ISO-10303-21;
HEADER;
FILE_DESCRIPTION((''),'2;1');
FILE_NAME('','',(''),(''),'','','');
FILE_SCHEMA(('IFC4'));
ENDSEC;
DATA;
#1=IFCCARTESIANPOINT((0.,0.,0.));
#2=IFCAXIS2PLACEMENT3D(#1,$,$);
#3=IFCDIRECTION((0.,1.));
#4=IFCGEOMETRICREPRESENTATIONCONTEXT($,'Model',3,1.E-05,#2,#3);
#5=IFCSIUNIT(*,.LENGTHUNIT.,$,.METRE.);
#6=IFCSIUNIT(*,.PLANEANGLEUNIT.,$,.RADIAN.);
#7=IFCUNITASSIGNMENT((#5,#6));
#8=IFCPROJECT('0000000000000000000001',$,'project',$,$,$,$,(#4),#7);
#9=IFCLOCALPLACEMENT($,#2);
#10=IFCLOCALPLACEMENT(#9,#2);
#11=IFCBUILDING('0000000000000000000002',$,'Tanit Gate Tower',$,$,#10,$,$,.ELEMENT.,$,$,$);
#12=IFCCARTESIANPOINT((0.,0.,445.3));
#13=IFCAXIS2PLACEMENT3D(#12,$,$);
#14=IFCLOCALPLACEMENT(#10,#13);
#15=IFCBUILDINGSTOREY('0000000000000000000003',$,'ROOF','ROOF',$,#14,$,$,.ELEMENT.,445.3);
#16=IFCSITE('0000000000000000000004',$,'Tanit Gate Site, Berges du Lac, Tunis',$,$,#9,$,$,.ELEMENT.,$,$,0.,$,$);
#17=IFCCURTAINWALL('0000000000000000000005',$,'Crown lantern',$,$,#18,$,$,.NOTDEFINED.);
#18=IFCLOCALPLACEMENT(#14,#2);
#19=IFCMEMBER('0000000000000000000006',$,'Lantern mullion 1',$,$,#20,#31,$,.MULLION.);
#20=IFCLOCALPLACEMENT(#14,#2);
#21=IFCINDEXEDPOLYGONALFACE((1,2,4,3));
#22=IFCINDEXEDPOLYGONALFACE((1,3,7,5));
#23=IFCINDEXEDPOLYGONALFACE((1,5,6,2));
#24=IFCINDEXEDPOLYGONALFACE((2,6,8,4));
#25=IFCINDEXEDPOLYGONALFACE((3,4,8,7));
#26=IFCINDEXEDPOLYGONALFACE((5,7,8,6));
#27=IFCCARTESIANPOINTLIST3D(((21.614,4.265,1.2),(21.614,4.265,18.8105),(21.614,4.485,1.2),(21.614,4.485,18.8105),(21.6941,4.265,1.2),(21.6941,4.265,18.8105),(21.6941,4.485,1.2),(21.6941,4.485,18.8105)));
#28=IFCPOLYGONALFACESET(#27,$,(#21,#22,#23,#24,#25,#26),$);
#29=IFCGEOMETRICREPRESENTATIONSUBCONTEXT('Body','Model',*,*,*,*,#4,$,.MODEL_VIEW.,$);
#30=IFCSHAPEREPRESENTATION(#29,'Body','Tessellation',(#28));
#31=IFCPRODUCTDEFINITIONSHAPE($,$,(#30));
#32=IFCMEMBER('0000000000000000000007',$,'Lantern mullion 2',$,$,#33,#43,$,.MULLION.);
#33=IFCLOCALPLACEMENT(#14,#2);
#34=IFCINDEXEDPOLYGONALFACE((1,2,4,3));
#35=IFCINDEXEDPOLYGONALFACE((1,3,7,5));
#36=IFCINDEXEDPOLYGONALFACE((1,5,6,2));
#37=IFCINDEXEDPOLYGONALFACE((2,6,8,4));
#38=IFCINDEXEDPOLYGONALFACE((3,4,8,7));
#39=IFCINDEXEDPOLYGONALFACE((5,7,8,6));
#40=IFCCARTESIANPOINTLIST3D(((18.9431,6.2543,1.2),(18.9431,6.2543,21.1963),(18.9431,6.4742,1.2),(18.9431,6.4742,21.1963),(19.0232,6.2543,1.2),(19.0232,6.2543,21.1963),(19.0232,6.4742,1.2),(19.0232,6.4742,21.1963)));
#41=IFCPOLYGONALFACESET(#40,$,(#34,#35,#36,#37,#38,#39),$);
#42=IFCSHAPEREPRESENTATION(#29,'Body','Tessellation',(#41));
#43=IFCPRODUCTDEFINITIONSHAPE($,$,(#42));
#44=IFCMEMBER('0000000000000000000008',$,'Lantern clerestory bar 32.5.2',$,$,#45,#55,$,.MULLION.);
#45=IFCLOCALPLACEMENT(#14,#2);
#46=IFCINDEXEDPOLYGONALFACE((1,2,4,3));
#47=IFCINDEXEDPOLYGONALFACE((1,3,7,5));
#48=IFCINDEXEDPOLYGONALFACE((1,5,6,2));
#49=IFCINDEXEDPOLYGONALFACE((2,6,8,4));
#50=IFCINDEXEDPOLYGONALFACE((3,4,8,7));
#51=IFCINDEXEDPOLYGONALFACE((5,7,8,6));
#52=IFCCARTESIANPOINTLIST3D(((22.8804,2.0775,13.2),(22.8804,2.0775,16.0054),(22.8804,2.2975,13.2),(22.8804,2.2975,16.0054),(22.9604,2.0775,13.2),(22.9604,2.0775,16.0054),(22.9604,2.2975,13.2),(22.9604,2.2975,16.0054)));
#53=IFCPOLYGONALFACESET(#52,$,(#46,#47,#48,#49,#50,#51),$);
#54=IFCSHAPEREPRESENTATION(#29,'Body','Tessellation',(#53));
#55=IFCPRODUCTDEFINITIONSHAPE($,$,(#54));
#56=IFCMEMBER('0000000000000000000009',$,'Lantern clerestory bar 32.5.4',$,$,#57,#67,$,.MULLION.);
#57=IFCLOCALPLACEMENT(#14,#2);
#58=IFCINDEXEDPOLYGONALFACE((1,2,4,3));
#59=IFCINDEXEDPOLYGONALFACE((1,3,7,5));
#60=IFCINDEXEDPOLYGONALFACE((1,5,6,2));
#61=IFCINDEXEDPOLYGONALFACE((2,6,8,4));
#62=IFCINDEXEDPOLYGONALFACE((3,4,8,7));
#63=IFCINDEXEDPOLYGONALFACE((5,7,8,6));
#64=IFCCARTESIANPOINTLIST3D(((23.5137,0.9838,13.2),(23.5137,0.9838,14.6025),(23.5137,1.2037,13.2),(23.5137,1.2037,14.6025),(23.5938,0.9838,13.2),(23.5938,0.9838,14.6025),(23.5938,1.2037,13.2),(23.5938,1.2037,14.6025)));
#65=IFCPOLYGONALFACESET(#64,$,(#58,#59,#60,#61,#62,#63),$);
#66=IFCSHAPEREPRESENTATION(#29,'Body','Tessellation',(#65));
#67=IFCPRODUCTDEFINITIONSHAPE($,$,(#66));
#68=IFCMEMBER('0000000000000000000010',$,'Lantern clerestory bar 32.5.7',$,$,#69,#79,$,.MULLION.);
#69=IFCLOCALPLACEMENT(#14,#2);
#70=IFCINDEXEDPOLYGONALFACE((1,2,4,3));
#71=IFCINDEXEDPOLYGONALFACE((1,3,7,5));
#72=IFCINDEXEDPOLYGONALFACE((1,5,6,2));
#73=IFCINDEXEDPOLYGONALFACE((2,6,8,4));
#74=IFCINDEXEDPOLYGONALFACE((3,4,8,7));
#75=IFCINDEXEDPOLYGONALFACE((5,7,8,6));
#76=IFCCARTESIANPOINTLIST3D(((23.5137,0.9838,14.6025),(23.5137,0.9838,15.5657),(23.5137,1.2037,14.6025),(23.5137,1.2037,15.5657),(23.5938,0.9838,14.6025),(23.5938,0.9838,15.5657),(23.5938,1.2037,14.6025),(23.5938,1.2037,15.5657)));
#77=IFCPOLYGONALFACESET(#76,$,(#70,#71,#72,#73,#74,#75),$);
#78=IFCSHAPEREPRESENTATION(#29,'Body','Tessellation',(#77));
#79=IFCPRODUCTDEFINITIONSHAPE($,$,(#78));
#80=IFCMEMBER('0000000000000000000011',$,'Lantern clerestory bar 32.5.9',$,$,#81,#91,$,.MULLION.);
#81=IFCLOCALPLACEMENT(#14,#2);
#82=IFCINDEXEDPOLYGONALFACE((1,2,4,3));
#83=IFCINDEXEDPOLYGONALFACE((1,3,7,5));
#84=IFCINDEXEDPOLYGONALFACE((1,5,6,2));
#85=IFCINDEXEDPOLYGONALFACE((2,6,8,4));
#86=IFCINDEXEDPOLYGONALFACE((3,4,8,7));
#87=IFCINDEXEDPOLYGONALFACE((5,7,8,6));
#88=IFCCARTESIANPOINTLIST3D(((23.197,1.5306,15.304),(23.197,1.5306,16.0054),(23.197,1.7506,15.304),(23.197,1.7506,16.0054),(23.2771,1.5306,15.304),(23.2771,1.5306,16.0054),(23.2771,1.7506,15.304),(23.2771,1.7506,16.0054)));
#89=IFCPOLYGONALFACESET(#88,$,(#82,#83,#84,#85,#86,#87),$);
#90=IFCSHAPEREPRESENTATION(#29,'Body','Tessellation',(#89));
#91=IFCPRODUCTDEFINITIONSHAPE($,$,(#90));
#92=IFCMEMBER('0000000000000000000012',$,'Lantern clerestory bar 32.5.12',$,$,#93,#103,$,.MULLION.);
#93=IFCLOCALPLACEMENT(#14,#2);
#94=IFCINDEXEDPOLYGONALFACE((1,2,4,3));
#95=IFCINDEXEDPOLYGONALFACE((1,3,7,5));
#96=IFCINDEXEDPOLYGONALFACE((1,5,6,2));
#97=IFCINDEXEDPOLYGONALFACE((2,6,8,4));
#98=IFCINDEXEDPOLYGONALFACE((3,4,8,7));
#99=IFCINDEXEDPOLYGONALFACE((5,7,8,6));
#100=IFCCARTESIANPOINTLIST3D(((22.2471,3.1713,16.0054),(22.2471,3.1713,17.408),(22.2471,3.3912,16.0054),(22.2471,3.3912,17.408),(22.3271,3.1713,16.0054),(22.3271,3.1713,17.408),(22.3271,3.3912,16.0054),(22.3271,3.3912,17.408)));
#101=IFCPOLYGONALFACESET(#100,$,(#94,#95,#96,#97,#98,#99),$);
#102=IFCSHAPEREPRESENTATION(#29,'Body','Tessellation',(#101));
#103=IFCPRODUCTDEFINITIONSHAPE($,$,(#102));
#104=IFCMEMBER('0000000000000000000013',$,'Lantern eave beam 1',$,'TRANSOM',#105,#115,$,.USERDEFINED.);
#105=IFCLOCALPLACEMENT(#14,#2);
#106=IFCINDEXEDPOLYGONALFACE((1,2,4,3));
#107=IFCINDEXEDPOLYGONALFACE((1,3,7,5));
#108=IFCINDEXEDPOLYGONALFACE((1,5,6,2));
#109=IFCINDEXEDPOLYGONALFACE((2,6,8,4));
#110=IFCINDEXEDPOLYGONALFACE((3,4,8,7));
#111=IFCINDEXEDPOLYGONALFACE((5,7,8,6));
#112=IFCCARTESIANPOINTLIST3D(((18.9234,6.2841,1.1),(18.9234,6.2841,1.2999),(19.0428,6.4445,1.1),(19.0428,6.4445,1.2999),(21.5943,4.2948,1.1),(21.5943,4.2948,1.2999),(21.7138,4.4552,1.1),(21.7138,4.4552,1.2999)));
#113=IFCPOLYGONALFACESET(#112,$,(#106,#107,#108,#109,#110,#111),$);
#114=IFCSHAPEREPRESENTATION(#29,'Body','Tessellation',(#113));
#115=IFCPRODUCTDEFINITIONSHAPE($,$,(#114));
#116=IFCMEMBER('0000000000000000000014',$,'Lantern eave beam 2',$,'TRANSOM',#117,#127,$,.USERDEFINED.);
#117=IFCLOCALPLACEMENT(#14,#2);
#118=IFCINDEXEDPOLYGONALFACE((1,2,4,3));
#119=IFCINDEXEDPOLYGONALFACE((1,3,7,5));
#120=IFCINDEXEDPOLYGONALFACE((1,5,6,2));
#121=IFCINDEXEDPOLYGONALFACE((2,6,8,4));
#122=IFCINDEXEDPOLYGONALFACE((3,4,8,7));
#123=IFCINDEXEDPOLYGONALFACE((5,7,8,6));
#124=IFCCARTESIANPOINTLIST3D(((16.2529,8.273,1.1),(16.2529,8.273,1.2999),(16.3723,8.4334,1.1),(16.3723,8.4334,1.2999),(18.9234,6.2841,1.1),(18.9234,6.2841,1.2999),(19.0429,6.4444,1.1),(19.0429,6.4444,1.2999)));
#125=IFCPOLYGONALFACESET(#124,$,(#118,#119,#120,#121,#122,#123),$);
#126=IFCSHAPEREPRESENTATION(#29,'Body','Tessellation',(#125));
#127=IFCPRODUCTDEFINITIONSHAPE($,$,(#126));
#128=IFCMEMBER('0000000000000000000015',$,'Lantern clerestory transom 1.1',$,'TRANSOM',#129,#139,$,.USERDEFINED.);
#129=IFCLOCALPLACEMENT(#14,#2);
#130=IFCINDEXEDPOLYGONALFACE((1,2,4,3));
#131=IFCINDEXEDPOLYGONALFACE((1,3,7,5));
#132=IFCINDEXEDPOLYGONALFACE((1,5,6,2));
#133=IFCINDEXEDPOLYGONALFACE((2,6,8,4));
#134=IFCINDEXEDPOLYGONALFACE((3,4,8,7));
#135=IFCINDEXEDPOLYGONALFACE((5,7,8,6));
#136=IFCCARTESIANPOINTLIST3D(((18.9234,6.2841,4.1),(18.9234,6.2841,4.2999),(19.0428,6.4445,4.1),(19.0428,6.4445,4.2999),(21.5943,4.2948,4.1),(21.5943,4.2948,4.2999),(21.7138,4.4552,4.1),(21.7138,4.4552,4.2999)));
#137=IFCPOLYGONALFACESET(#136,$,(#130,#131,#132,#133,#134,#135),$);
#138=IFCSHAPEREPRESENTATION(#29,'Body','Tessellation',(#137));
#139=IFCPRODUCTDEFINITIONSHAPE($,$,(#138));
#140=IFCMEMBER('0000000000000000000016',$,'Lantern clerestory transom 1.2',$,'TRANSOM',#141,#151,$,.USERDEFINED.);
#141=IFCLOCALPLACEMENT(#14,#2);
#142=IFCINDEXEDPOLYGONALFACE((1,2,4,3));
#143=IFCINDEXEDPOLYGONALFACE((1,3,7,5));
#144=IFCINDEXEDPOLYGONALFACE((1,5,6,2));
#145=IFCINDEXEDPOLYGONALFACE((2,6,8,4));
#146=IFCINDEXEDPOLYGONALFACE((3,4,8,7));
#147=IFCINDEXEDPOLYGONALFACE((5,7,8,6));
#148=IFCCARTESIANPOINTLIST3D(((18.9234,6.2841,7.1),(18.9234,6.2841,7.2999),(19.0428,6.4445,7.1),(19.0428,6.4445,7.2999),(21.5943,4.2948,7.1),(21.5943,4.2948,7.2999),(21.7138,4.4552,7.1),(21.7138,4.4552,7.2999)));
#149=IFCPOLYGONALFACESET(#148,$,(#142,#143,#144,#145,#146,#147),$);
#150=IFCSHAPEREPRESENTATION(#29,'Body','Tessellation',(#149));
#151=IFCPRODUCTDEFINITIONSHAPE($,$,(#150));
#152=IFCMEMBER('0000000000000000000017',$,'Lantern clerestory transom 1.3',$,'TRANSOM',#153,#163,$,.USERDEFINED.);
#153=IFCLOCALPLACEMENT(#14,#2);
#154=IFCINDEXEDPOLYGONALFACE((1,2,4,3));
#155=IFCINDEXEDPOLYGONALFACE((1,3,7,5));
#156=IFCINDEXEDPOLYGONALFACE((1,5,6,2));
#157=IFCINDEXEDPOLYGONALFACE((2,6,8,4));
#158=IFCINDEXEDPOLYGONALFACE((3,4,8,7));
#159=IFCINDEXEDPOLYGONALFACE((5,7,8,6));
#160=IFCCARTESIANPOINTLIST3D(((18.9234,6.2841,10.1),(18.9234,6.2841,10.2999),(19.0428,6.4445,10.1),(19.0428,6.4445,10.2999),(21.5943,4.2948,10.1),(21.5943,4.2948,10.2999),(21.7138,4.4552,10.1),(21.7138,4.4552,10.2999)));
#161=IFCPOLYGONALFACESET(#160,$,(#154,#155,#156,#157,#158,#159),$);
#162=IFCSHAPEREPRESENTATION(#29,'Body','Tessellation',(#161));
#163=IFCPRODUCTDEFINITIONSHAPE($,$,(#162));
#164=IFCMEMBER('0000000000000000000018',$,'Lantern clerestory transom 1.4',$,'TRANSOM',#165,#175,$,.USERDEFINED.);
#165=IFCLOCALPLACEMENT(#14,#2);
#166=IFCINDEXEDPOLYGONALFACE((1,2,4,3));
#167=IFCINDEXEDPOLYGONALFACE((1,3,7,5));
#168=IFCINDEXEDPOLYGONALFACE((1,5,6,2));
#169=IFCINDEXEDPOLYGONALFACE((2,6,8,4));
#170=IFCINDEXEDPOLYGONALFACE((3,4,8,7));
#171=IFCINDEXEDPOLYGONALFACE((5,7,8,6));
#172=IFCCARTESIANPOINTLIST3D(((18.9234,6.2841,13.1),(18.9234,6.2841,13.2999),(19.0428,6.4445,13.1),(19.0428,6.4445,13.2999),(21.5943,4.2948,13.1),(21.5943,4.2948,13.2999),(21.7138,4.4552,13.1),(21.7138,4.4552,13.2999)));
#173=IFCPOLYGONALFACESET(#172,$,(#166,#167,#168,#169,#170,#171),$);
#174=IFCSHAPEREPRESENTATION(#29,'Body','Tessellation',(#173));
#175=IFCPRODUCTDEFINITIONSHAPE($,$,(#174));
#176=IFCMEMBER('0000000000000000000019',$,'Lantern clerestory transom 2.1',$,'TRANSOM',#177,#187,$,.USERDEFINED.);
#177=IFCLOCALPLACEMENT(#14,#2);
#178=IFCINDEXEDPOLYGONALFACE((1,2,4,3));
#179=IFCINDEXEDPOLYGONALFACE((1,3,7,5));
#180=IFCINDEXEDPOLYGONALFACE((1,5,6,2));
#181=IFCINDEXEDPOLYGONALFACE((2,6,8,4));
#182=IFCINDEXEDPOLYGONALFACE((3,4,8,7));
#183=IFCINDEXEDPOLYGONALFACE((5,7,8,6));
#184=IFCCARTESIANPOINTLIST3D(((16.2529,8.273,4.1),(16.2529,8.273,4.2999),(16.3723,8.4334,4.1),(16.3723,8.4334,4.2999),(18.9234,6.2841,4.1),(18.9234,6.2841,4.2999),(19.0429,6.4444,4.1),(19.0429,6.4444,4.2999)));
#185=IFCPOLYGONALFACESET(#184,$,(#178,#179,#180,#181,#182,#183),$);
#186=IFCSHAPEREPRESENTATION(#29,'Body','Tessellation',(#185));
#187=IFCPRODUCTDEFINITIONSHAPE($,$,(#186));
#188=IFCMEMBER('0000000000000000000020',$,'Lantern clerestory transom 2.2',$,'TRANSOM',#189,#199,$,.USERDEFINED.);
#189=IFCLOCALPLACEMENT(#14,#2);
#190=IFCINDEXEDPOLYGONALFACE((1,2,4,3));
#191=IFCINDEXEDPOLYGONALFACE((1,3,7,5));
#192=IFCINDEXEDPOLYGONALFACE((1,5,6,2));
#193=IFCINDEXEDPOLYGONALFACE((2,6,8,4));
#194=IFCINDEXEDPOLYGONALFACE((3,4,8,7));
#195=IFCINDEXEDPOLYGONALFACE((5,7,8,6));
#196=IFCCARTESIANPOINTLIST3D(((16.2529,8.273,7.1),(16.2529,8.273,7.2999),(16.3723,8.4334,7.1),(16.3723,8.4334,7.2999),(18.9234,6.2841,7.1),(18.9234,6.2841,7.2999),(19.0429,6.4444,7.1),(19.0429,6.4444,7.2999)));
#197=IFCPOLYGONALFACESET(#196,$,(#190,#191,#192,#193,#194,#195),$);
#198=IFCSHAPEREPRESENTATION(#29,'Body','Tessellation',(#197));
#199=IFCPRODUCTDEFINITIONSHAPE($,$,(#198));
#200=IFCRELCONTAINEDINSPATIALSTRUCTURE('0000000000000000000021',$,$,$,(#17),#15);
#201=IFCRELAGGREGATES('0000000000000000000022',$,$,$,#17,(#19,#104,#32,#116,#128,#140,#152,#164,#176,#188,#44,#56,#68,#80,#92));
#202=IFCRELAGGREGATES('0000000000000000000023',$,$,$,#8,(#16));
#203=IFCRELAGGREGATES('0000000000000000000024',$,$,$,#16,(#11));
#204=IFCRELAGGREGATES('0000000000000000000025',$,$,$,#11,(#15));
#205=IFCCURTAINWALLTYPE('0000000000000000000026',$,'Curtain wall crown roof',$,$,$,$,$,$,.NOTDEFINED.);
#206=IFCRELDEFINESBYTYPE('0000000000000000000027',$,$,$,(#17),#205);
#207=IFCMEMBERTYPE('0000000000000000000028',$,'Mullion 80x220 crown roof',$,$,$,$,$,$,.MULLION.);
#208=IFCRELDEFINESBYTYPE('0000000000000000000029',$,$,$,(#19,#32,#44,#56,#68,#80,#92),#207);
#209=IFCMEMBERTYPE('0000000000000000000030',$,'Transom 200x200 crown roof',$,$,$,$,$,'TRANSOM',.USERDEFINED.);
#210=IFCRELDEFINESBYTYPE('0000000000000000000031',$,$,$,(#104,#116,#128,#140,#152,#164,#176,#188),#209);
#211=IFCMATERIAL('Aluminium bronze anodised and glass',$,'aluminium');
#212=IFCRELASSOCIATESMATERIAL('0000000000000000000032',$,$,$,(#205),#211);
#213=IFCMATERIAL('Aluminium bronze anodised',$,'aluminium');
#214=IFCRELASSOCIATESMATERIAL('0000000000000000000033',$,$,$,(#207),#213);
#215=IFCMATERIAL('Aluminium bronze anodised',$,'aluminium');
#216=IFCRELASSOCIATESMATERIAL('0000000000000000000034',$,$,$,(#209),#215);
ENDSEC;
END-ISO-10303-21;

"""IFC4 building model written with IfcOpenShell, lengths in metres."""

from ifc_helpers import new_model, si_unit, direction, frame, origin, origin_2d, place, context, subcontext, project, spatial, rectangle, extrude, material, material_profile, profile_set, type_object, element, aggregate, save


model = new_model("IFC4")

# Units and contexts
model_context = context("Model", 3, precision=1e-05, world=origin(), true_north=direction((0.0, 1.0)))
body_context = subcontext(model_context, "Body", "Model", "MODEL_VIEW")
ifc_project = project(units=[si_unit("LENGTHUNIT", "METRE"), si_unit("PLANEANGLEUNIT", "RADIAN")], contexts=[model_context])

# Site, building, storey
site_placement = place(None, origin())
site = spatial("IfcSite", under=ifc_project, at=site_placement, Name="Tanit Gate Site, Berges du Lac, Tunis", CompositionType="ELEMENT", RefElevation=0.0)
building_placement = place(site_placement, origin())
building = spatial("IfcBuilding", under=site, at=building_placement, Name="Tanit Gate Tower", CompositionType="ELEMENT")
storey_placement = place(building_placement, frame((0.0, 0.0, 445.3)))
storey = spatial("IfcBuildingStorey", under=building, at=storey_placement, Name="ROOF", Description="ROOF", CompositionType="ELEMENT", Elevation=445.3)

# Curtain wall, members
ifc_material_1 = material(Name="Aluminium bronze anodised and glass", Category="aluminium")
curtain_wall_type = type_object("IfcCurtainWallType", Name="Curtain wall crown roof", PredefinedType="NOTDEFINED", material=ifc_material_1)
curtain_wall_placement = place(storey_placement, origin())
curtain_wall = element("IfcCurtainWall", 1, at=curtain_wall_placement, inside=storey, type_object=curtain_wall_type, Name="Crown lantern", PredefinedType="NOTDEFINED")
ifc_material_2 = material(Name="Aluminium bronze anodised", Category="aluminium")
ifc_material_profile_1 = material_profile(ifc_material_2, rectangle(XDim=0.0801, YDim=0.22, at=origin_2d()), Name="80x220 bronze rafter")
ifc_profile_set_1 = profile_set([ifc_material_profile_1], Name="Aluminium bronze anodised")
member_type_1 = type_object("IfcMemberType", Name="Mullion 80x220 crown roof", PredefinedType="MULLION", material=ifc_profile_set_1)
member_1_placement = place(storey_placement, frame((21.6541, 4.375, 1.2), z_axis=(0.0, 0.0, 1.0), x_axis=(1.0, 0.0, 0.0)))
member_1 = element("IfcMember", 2, at=member_1_placement, type_object=member_type_1, Name="Lantern mullion 1", PredefinedType="MULLION", context=body_context, shape_type="SweptSolid", body=[
    extrude(rectangle(XDim=0.0801, YDim=0.22, at=origin_2d()), origin(), (0.0, 0.0, 1.0), 17.6106),
])
member_2_placement = place(storey_placement, frame((18.9832, 6.3643, 1.2), z_axis=(0.0, 0.0, 1.0), x_axis=(1.0, 0.0, 0.0)))
member_2 = element("IfcMember", 3, at=member_2_placement, type_object=member_type_1, Name="Lantern mullion 2", PredefinedType="MULLION", context=body_context, shape_type="SweptSolid", body=[
    extrude(rectangle(XDim=0.0801, YDim=0.22, at=origin_2d()), origin(), (0.0, 0.0, 1.0), 19.9963),
])
member_3_placement = place(storey_placement, frame((22.9204, 2.1875, 13.2), z_axis=(0.0, 0.0, 1.0), x_axis=(1.0, 0.0, 0.0)))
member_3 = element("IfcMember", 4, at=member_3_placement, type_object=member_type_1, Name="Lantern clerestory bar 32.5.2", PredefinedType="MULLION", context=body_context, shape_type="SweptSolid", body=[
    extrude(rectangle(XDim=0.0801, YDim=0.22, at=origin_2d()), origin(), (0.0, 0.0, 1.0), 2.8054),
])
member_4_placement = place(storey_placement, frame((23.5537, 1.0938, 13.2), z_axis=(0.0, 0.0, 1.0), x_axis=(1.0, 0.0, 0.0)))
member_4 = element("IfcMember", 5, at=member_4_placement, type_object=member_type_1, Name="Lantern clerestory bar 32.5.4", PredefinedType="MULLION", context=body_context, shape_type="SweptSolid", body=[
    extrude(rectangle(XDim=0.0801, YDim=0.22, at=origin_2d()), origin(), (0.0, 0.0, 1.0), 1.4026),
])
member_5_placement = place(storey_placement, frame((23.5537, 1.0938, 14.6025), z_axis=(0.0, 0.0, 1.0), x_axis=(1.0, 0.0, 0.0)))
member_5 = element("IfcMember", 6, at=member_5_placement, type_object=member_type_1, Name="Lantern clerestory bar 32.5.7", PredefinedType="MULLION", context=body_context, shape_type="SweptSolid", body=[
    extrude(rectangle(XDim=0.0801, YDim=0.22, at=origin_2d()), origin(), (0.0, 0.0, 1.0), 0.9631),
])
member_6_placement = place(storey_placement, frame((23.2371, 1.6406, 15.304), z_axis=(0.0, 0.0, 1.0), x_axis=(1.0, 0.0, 0.0)))
member_6 = element("IfcMember", 7, at=member_6_placement, type_object=member_type_1, Name="Lantern clerestory bar 32.5.9", PredefinedType="MULLION", context=body_context, shape_type="SweptSolid", body=[
    extrude(rectangle(XDim=0.0801, YDim=0.22, at=origin_2d()), origin(), (0.0, 0.0, 1.0), 0.7014),
])
member_7_placement = place(storey_placement, frame((22.2871, 3.2812, 16.0054), z_axis=(0.0, 0.0, 1.0), x_axis=(1.0, 0.0, 0.0)))
member_7 = element("IfcMember", 8, at=member_7_placement, type_object=member_type_1, Name="Lantern clerestory bar 32.5.12", PredefinedType="MULLION", context=body_context, shape_type="SweptSolid", body=[
    extrude(rectangle(XDim=0.0801, YDim=0.22, at=origin_2d()), origin(), (0.0, 0.0, 1.0), 1.4026),
])
ifc_material_3 = material(Name="Aluminium bronze anodised", Category="aluminium")
ifc_material_profile_2 = material_profile(ifc_material_3, rectangle(XDim=0.2, YDim=0.2, at=origin_2d()), Name="200x200 bronze transom")
ifc_profile_set_2 = profile_set([ifc_material_profile_2], Name="Aluminium bronze anodised")
member_type_2 = type_object("IfcMemberType", Name="Transom 200x200 crown roof", ElementType="TRANSOM", PredefinedType="USERDEFINED", material=ifc_profile_set_2)
member_8_placement = place(storey_placement, frame((21.6541, 4.375, 1.2), z_axis=(-0.802001, 0.597322, 0.0), x_axis=(-0.597322, -0.802001, 0.0)))
member_8 = element("IfcMember", 9, at=member_8_placement, type_object=member_type_2, Name="Lantern eave beam 1", ObjectType="TRANSOM", PredefinedType="USERDEFINED", context=body_context, shape_type="SweptSolid", body=[
    extrude(rectangle(XDim=0.2, YDim=0.2, at=origin_2d()), origin(), (0.0, 0.0, 1.0), 3.3303),
])
member_9_placement = place(storey_placement, frame((18.9832, 6.3643, 1.2), z_axis=(-0.80201, 0.59731, 0.0), x_axis=(-0.59731, -0.80201, 0.0)))
member_9 = element("IfcMember", 10, at=member_9_placement, type_object=member_type_2, Name="Lantern eave beam 2", ObjectType="TRANSOM", PredefinedType="USERDEFINED", context=body_context, shape_type="SweptSolid", body=[
    extrude(rectangle(XDim=0.2, YDim=0.2, at=origin_2d()), origin(), (0.0, 0.0, 1.0), 3.3298),
])
member_10_placement = place(storey_placement, frame((21.6541, 4.375, 4.2), z_axis=(-0.802001, 0.597322, 0.0), x_axis=(-0.597322, -0.802001, 0.0)))
member_10 = element("IfcMember", 11, at=member_10_placement, type_object=member_type_2, Name="Lantern clerestory transom 1.1", ObjectType="TRANSOM", PredefinedType="USERDEFINED", context=body_context, shape_type="SweptSolid", body=[
    extrude(rectangle(XDim=0.2, YDim=0.2, at=origin_2d()), origin(), (0.0, 0.0, 1.0), 3.3303),
])
member_11_placement = place(storey_placement, frame((21.6541, 4.375, 7.2), z_axis=(-0.802001, 0.597322, 0.0), x_axis=(-0.597322, -0.802001, 0.0)))
member_11 = element("IfcMember", 12, at=member_11_placement, type_object=member_type_2, Name="Lantern clerestory transom 1.2", ObjectType="TRANSOM", PredefinedType="USERDEFINED", context=body_context, shape_type="SweptSolid", body=[
    extrude(rectangle(XDim=0.2, YDim=0.2, at=origin_2d()), origin(), (0.0, 0.0, 1.0), 3.3303),
])
member_12_placement = place(storey_placement, frame((21.6541, 4.375, 10.2), z_axis=(-0.802001, 0.597322, 0.0), x_axis=(-0.597322, -0.802001, 0.0)))
member_12 = element("IfcMember", 13, at=member_12_placement, type_object=member_type_2, Name="Lantern clerestory transom 1.3", ObjectType="TRANSOM", PredefinedType="USERDEFINED", context=body_context, shape_type="SweptSolid", body=[
    extrude(rectangle(XDim=0.2, YDim=0.2, at=origin_2d()), origin(), (0.0, 0.0, 1.0), 3.3303),
])
member_13_placement = place(storey_placement, frame((21.6541, 4.375, 13.2), z_axis=(-0.802001, 0.597322, 0.0), x_axis=(-0.597322, -0.802001, 0.0)))
member_13 = element("IfcMember", 14, at=member_13_placement, type_object=member_type_2, Name="Lantern clerestory transom 1.4", ObjectType="TRANSOM", PredefinedType="USERDEFINED", context=body_context, shape_type="SweptSolid", body=[
    extrude(rectangle(XDim=0.2, YDim=0.2, at=origin_2d()), origin(), (0.0, 0.0, 1.0), 3.3303),
])
member_14_placement = place(storey_placement, frame((18.9832, 6.3643, 4.2), z_axis=(-0.80201, 0.59731, 0.0), x_axis=(-0.59731, -0.80201, 0.0)))
member_14 = element("IfcMember", 15, at=member_14_placement, type_object=member_type_2, Name="Lantern clerestory transom 2.1", ObjectType="TRANSOM", PredefinedType="USERDEFINED", context=body_context, shape_type="SweptSolid", body=[
    extrude(rectangle(XDim=0.2, YDim=0.2, at=origin_2d()), origin(), (0.0, 0.0, 1.0), 3.3298),
])
member_15_placement = place(storey_placement, frame((18.9832, 6.3643, 7.2), z_axis=(-0.80201, 0.59731, 0.0), x_axis=(-0.59731, -0.80201, 0.0)))
member_15 = element("IfcMember", 16, at=member_15_placement, type_object=member_type_2, Name="Lantern clerestory transom 2.2", ObjectType="TRANSOM", PredefinedType="USERDEFINED", context=body_context, shape_type="SweptSolid", body=[
    extrude(rectangle(XDim=0.2, YDim=0.2, at=origin_2d()), origin(), (0.0, 0.0, 1.0), 3.3298),
])
aggregate(curtain_wall, [member_1, member_8, member_2, member_9, member_10, member_11, member_12, member_13, member_14, member_15, member_3, member_4, member_5, member_6, member_7])

save(model, "model.ifc")
